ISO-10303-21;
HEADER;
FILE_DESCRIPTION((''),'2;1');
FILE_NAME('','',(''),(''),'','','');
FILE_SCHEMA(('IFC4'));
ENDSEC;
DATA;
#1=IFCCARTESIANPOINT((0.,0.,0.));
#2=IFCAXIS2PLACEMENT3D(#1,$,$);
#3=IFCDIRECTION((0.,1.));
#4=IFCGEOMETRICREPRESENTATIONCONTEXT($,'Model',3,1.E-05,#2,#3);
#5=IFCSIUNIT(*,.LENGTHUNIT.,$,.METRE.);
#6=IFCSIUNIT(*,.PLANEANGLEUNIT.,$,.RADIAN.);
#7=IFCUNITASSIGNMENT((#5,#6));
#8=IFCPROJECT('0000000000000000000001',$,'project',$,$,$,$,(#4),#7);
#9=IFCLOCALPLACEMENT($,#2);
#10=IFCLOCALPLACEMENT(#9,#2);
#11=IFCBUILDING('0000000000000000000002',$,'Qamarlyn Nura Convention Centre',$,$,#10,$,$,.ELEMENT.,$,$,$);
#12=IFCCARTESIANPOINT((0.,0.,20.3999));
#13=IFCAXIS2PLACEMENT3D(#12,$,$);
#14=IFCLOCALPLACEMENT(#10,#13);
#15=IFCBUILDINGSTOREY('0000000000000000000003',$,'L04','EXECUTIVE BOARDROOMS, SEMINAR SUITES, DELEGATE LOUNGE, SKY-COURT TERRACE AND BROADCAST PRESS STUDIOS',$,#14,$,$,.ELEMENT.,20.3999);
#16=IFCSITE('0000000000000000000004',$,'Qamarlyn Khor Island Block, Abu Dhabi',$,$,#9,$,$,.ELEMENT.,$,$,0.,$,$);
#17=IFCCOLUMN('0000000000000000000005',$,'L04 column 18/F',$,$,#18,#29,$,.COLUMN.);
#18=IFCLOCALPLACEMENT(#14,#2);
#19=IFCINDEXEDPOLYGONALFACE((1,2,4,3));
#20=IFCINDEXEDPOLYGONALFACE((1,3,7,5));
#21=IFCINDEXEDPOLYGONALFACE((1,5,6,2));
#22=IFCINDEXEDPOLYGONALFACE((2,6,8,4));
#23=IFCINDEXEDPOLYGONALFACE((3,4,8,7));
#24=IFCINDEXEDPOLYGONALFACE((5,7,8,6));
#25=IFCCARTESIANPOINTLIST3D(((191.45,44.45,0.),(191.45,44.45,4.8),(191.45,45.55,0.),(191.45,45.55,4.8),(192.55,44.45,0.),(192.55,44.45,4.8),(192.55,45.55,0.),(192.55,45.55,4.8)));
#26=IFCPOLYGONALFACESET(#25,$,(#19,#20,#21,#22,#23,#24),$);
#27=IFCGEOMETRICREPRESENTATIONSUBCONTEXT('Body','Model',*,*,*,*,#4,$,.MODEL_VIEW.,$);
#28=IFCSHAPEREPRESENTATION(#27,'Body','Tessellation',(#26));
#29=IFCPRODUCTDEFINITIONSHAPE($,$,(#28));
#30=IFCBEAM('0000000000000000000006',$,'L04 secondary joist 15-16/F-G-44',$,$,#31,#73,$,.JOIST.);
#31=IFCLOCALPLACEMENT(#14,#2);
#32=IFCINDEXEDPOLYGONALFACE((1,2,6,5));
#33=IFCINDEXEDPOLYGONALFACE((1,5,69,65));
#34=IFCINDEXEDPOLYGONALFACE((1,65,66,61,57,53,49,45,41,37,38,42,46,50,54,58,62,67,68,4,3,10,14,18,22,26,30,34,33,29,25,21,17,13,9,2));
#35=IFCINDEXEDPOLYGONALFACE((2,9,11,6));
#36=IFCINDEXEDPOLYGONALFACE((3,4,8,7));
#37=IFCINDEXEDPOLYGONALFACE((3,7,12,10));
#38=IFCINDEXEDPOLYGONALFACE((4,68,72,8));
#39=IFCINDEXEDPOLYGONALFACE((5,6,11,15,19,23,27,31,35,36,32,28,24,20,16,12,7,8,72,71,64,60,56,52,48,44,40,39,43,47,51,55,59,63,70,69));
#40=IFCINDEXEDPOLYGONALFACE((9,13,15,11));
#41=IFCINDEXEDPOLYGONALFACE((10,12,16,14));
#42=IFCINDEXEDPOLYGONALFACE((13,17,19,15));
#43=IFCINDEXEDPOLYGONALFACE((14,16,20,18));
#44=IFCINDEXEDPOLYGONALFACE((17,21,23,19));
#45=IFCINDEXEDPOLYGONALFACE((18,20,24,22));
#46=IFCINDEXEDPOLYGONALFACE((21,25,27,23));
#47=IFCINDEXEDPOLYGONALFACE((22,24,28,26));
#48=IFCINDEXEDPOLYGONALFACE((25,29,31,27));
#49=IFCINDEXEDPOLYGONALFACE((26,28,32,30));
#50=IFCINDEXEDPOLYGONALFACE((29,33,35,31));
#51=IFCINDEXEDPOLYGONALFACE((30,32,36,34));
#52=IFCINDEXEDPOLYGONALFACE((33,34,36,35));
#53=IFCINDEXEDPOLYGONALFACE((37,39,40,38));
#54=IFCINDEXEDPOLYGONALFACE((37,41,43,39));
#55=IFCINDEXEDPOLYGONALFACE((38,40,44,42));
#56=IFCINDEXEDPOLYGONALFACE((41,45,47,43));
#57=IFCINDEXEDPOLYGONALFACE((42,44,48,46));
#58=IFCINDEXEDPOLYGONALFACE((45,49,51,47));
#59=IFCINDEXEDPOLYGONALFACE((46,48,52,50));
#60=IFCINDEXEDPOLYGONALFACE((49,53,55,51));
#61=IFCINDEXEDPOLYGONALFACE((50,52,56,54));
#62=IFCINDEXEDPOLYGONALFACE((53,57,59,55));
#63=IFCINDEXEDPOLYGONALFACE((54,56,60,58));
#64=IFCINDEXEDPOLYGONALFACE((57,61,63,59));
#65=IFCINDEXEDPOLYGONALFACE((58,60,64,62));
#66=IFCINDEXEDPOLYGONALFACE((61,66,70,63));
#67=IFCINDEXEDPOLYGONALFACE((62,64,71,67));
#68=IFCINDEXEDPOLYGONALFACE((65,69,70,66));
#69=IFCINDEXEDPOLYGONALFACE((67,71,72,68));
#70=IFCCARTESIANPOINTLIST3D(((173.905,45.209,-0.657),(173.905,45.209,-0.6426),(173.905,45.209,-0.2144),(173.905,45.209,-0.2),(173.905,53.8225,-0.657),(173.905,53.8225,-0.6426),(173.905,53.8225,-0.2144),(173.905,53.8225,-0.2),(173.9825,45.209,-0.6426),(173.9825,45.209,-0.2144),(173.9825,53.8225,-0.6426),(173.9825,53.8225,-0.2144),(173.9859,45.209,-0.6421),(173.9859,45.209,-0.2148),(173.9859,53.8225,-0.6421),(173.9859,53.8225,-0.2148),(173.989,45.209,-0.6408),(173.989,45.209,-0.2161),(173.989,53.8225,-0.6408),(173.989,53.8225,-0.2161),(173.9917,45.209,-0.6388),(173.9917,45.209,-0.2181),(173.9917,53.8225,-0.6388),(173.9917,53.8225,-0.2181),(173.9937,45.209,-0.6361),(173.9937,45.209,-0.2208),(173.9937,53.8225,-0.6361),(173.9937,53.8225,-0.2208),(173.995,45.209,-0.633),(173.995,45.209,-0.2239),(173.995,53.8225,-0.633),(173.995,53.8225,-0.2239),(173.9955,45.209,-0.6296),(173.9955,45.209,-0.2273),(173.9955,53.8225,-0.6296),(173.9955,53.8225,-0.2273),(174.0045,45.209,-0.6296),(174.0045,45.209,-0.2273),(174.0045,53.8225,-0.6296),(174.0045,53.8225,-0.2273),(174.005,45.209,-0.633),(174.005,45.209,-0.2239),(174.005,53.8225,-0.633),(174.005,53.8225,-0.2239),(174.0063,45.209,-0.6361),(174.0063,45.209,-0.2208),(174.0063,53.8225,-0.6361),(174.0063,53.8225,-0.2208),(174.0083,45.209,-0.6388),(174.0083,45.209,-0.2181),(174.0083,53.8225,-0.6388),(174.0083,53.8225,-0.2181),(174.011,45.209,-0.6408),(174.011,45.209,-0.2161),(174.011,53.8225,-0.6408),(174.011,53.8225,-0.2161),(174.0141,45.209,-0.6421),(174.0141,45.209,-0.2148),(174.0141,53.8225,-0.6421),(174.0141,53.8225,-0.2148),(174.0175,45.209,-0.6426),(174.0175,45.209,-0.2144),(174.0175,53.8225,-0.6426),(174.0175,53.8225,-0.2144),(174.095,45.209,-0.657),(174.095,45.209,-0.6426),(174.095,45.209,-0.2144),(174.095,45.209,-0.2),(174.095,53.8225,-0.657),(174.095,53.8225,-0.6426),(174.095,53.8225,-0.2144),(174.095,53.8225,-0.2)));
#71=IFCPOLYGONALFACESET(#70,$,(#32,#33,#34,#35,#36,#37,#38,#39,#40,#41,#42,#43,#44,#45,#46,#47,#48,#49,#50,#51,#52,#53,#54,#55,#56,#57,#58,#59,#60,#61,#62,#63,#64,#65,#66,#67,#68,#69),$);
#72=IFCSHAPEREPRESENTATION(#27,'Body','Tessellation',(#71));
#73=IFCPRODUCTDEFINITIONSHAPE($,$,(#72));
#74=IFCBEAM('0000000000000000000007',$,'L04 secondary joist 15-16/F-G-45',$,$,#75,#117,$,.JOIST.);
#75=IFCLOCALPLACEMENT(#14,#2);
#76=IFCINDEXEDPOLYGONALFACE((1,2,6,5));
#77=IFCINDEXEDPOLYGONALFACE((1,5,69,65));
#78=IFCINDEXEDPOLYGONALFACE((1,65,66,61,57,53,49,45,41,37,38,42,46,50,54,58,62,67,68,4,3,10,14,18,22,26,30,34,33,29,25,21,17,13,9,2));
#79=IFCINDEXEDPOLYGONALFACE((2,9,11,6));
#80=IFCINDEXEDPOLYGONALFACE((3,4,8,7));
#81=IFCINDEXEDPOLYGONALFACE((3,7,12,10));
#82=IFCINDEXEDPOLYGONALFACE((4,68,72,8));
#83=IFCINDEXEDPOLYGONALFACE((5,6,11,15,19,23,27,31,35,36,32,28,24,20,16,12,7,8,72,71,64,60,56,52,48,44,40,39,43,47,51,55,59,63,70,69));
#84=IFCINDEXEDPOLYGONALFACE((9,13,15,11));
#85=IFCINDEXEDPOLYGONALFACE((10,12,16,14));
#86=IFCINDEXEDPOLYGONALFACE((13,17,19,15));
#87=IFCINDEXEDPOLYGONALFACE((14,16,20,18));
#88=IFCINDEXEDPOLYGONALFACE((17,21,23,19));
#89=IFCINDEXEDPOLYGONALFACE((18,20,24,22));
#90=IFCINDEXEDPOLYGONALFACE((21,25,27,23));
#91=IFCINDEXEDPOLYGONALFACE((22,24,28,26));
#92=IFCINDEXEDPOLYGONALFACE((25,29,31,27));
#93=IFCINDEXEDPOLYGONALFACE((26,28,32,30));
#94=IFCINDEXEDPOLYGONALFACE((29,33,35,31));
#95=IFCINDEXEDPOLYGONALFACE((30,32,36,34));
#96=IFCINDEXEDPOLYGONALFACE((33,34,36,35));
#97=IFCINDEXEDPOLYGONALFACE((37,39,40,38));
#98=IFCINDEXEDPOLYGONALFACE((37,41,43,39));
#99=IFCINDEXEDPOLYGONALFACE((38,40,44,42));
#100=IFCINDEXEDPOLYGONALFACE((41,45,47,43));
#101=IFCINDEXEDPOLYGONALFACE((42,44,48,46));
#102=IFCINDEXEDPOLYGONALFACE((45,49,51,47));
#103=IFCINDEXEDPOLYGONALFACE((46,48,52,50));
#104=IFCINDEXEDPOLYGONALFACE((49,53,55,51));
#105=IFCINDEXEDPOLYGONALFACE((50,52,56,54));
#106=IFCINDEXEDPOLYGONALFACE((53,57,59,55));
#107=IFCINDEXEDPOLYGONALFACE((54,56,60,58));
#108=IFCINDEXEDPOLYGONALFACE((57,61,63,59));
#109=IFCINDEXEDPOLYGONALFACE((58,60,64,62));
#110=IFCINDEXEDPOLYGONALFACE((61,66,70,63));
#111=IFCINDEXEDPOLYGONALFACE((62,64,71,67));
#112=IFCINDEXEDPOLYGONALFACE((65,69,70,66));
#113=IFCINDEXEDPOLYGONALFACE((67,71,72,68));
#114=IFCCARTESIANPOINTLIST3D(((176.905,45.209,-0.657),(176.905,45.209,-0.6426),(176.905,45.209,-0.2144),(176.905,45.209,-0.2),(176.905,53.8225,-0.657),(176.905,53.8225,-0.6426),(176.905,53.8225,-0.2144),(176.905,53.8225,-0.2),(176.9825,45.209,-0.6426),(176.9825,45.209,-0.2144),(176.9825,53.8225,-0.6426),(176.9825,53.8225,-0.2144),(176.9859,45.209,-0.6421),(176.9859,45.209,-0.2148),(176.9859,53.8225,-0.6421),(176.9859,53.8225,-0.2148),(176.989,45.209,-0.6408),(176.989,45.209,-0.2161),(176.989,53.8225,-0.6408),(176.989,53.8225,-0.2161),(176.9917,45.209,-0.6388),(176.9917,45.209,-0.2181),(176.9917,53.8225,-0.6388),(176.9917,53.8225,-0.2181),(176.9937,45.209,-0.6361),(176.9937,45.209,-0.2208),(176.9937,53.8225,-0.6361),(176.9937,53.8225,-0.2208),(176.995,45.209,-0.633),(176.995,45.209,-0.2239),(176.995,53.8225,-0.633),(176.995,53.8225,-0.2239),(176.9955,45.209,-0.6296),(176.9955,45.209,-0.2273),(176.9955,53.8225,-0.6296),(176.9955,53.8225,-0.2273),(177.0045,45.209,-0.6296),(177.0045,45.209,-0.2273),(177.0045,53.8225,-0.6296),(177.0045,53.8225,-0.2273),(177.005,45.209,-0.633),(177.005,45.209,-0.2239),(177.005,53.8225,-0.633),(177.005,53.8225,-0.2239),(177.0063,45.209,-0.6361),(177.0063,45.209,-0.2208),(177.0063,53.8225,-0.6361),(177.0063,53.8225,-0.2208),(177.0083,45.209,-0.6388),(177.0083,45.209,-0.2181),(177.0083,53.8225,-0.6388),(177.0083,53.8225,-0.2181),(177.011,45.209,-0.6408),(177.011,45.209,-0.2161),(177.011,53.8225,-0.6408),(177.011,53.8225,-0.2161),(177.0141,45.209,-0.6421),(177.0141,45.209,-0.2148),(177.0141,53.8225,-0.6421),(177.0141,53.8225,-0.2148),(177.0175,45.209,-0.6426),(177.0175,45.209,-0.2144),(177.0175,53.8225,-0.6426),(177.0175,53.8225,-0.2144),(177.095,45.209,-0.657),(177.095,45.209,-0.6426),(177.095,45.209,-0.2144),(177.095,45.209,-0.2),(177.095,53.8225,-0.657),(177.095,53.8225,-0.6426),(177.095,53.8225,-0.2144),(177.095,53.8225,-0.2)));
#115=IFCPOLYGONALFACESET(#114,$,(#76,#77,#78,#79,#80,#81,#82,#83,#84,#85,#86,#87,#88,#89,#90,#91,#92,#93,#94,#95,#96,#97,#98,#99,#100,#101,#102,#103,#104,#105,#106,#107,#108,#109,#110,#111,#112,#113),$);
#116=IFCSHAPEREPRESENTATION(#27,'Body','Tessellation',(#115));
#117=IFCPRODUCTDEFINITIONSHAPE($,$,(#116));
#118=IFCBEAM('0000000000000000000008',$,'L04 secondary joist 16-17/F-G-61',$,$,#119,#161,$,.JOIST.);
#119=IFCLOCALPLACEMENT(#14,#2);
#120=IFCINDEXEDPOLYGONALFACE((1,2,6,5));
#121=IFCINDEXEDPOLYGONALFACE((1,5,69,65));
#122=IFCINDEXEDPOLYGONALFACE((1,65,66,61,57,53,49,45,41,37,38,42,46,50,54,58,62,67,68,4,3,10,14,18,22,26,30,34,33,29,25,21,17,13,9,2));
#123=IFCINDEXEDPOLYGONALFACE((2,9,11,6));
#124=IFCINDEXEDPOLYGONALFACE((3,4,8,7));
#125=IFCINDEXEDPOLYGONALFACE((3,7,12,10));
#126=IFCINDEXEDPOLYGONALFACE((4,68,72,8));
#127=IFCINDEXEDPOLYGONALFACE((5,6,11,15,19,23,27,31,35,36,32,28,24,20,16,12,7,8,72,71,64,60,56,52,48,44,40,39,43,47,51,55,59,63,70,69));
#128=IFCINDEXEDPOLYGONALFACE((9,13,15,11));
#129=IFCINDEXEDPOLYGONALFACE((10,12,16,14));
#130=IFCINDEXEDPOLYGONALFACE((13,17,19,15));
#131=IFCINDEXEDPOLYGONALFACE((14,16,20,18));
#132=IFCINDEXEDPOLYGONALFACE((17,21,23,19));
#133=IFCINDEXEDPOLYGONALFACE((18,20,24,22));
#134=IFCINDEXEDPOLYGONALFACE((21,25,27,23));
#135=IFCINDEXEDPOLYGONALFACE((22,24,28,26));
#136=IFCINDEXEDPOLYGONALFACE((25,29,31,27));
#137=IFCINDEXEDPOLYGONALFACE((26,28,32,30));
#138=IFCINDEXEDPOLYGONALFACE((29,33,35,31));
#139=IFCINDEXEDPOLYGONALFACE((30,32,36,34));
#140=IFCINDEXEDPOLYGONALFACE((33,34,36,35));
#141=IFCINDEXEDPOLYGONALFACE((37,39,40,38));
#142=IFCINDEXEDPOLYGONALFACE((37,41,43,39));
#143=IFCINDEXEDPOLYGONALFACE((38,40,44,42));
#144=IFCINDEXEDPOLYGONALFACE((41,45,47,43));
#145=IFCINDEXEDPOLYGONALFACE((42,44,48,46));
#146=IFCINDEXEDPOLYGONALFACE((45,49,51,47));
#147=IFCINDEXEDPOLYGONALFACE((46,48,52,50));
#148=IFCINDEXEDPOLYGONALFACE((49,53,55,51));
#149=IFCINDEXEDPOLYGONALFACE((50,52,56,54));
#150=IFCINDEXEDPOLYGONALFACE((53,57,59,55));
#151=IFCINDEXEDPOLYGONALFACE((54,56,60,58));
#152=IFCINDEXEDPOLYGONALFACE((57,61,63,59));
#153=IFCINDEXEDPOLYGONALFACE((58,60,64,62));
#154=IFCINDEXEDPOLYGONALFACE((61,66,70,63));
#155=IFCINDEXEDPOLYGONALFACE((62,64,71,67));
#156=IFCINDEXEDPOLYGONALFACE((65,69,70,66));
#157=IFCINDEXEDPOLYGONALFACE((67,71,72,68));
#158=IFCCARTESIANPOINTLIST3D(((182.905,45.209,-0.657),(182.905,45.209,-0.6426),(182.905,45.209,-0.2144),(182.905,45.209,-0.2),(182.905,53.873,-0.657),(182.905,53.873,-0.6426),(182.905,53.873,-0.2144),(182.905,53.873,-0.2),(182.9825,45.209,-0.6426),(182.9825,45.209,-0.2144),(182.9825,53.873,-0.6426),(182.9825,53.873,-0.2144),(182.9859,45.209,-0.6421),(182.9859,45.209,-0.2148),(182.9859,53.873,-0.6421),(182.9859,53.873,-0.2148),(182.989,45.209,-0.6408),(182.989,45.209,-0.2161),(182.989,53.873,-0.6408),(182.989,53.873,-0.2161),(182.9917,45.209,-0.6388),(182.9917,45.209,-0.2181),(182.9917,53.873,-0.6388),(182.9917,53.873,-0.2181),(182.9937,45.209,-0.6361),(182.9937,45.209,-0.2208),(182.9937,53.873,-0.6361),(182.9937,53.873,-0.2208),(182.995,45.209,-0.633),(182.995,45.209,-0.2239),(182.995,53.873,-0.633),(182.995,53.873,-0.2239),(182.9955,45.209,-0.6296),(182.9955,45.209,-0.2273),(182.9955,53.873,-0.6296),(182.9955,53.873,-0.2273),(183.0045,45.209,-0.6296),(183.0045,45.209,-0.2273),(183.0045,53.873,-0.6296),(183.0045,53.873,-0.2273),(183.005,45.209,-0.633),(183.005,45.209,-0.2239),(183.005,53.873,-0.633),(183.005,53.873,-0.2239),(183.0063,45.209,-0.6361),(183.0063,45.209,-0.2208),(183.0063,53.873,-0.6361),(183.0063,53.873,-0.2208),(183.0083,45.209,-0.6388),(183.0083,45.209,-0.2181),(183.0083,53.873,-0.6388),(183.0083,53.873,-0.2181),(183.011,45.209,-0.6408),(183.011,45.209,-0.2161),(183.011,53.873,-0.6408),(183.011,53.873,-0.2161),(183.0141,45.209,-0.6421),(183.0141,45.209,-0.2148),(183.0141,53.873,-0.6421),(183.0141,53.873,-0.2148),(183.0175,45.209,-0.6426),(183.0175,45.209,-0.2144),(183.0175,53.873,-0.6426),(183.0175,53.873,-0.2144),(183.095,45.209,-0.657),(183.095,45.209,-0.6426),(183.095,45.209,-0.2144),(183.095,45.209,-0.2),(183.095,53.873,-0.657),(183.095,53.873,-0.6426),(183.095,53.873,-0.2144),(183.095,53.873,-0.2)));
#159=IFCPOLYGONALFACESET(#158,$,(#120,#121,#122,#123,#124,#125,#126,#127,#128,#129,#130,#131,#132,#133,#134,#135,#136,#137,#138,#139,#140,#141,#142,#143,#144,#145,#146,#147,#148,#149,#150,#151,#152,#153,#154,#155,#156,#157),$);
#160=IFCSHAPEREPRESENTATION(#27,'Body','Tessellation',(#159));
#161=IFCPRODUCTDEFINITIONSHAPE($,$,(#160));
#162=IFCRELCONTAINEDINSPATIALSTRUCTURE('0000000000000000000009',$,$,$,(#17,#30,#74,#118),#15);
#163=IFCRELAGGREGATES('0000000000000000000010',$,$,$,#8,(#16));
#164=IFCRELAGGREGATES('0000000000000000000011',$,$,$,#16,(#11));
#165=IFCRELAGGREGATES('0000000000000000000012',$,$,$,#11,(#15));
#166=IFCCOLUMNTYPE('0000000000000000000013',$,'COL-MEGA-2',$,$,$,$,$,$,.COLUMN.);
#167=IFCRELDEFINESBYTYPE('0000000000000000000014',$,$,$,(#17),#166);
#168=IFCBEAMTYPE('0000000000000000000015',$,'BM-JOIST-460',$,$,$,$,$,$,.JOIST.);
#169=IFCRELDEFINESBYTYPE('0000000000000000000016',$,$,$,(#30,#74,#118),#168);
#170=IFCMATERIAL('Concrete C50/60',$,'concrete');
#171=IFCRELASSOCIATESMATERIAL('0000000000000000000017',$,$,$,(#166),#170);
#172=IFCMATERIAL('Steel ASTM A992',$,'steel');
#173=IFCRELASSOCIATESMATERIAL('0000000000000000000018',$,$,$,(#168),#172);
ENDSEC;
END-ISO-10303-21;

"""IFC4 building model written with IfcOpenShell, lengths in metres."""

from ifc_helpers import new_model, si_unit, direction, frame, origin, origin_2d, place, context, subcontext, project, spatial, rectangle, i_section, extrude, material, material_profile, profile_set, type_object, element, save


model = new_model("IFC4")

# Units and contexts
model_context = context("Model", 3, precision=1e-05, world=origin(), true_north=direction((0.0, 1.0)))
body_context = subcontext(model_context, "Body", "Model", "MODEL_VIEW")
ifc_project = project(units=[si_unit("LENGTHUNIT", "METRE"), si_unit("PLANEANGLEUNIT", "RADIAN")], contexts=[model_context])

# Site, building, storey
site_placement = place(None, origin())
site = spatial("IfcSite", under=ifc_project, at=site_placement, Name="Qamarlyn Khor Island Block, Abu Dhabi", CompositionType="ELEMENT", RefElevation=0.0)
building_placement = place(site_placement, origin())
building = spatial("IfcBuilding", under=site, at=building_placement, Name="Qamarlyn Nura Convention Centre", CompositionType="ELEMENT")
storey_placement = place(building_placement, frame((0.0, 0.0, 20.3999)))
storey = spatial("IfcBuildingStorey", under=building, at=storey_placement, Name="L04", Description="EXECUTIVE BOARDROOMS, SEMINAR SUITES, DELEGATE LOUNGE, SKY-COURT TERRACE AND BROADCAST PRESS STUDIOS", CompositionType="ELEMENT", Elevation=20.3999)

# Column
ifc_material_1 = material(Name="Concrete C50/60", Category="concrete")
ifc_material_profile_1 = material_profile(ifc_material_1, rectangle(XDim=1.1001, YDim=1.1001, at=origin_2d()), Name="RC 1100x1100")
ifc_profile_set_1 = profile_set([ifc_material_profile_1], Name="Concrete C50/60")
column_type = type_object("IfcColumnType", Name="COL-MEGA-2", PredefinedType="COLUMN", material=ifc_profile_set_1)
column_placement = place(storey_placement, frame((192.0, 45.0, 0.0), z_axis=(0.0, 0.0, 1.0), x_axis=(1.0, 0.0, 0.0)))
element("IfcColumn", 1, at=column_placement, inside=storey, type_object=column_type, Name="L04 column 18/F", PredefinedType="COLUMN", context=body_context, shape_type="SweptSolid", body=[
    extrude(rectangle(XDim=1.1001, YDim=1.1001, at=origin_2d()), origin(), (0.0, 0.0, 1.0), 4.8),
])

# Beams
ifc_material_2 = material(Name="Steel ASTM A992", Category="steel")
ifc_material_profile_2 = material_profile(ifc_material_2, i_section(OverallWidth=0.1899, OverallDepth=0.457, WebThickness=0.009, FlangeThickness=0.0144, FilletRadius=0.0129, at=origin_2d()), Name="W460X74")
ifc_profile_set_2 = profile_set([ifc_material_profile_2], Name="Steel ASTM A992")
beam_type_1 = type_object("IfcBeamType", Name="BM-JOIST-460", PredefinedType="JOIST", material=ifc_profile_set_2)
for number, where, z_axis, x_axis, name in (
    (2, (174.0, 45.209, -0.4285), (0.0, 1.0, 0.0), (-1.0, 0.0, 0.0), "L04 secondary joist 15-16/F-G-44"),
    (3, (177.0, 45.209, -0.4285), (0.0, 1.0, 0.0), (-1.0, 0.0, 0.0), "L04 secondary joist 15-16/F-G-45"),
):
    element("IfcBeam", number, at=place(storey_placement, frame(where, z_axis=z_axis, x_axis=x_axis)), inside=storey, type_object=beam_type_1, Name=name, PredefinedType="JOIST", context=body_context, shape_type="SweptSolid", body=[
        extrude(i_section(OverallWidth=0.1899, OverallDepth=0.457, WebThickness=0.009, FlangeThickness=0.0144, FilletRadius=0.0129, at=origin_2d()), origin(), (0.0, 0.0, 1.0), 8.6135),
    ])
beam_1_placement = place(storey_placement, frame((183.0, 45.209, -0.4285), z_axis=(0.0, 1.0, 0.0), x_axis=(-1.0, 0.0, 0.0)))
element("IfcBeam", 4, at=beam_1_placement, inside=storey, type_object=beam_type_1, Name="L04 secondary joist 16-17/F-G-61", PredefinedType="JOIST", context=body_context, shape_type="SweptSolid", body=[
    extrude(i_section(OverallWidth=0.1899, OverallDepth=0.457, WebThickness=0.009, FlangeThickness=0.0144, FilletRadius=0.0129, at=origin_2d()), origin(), (0.0, 0.0, 1.0), 8.6641),
])

save(model, "model.ifc")
